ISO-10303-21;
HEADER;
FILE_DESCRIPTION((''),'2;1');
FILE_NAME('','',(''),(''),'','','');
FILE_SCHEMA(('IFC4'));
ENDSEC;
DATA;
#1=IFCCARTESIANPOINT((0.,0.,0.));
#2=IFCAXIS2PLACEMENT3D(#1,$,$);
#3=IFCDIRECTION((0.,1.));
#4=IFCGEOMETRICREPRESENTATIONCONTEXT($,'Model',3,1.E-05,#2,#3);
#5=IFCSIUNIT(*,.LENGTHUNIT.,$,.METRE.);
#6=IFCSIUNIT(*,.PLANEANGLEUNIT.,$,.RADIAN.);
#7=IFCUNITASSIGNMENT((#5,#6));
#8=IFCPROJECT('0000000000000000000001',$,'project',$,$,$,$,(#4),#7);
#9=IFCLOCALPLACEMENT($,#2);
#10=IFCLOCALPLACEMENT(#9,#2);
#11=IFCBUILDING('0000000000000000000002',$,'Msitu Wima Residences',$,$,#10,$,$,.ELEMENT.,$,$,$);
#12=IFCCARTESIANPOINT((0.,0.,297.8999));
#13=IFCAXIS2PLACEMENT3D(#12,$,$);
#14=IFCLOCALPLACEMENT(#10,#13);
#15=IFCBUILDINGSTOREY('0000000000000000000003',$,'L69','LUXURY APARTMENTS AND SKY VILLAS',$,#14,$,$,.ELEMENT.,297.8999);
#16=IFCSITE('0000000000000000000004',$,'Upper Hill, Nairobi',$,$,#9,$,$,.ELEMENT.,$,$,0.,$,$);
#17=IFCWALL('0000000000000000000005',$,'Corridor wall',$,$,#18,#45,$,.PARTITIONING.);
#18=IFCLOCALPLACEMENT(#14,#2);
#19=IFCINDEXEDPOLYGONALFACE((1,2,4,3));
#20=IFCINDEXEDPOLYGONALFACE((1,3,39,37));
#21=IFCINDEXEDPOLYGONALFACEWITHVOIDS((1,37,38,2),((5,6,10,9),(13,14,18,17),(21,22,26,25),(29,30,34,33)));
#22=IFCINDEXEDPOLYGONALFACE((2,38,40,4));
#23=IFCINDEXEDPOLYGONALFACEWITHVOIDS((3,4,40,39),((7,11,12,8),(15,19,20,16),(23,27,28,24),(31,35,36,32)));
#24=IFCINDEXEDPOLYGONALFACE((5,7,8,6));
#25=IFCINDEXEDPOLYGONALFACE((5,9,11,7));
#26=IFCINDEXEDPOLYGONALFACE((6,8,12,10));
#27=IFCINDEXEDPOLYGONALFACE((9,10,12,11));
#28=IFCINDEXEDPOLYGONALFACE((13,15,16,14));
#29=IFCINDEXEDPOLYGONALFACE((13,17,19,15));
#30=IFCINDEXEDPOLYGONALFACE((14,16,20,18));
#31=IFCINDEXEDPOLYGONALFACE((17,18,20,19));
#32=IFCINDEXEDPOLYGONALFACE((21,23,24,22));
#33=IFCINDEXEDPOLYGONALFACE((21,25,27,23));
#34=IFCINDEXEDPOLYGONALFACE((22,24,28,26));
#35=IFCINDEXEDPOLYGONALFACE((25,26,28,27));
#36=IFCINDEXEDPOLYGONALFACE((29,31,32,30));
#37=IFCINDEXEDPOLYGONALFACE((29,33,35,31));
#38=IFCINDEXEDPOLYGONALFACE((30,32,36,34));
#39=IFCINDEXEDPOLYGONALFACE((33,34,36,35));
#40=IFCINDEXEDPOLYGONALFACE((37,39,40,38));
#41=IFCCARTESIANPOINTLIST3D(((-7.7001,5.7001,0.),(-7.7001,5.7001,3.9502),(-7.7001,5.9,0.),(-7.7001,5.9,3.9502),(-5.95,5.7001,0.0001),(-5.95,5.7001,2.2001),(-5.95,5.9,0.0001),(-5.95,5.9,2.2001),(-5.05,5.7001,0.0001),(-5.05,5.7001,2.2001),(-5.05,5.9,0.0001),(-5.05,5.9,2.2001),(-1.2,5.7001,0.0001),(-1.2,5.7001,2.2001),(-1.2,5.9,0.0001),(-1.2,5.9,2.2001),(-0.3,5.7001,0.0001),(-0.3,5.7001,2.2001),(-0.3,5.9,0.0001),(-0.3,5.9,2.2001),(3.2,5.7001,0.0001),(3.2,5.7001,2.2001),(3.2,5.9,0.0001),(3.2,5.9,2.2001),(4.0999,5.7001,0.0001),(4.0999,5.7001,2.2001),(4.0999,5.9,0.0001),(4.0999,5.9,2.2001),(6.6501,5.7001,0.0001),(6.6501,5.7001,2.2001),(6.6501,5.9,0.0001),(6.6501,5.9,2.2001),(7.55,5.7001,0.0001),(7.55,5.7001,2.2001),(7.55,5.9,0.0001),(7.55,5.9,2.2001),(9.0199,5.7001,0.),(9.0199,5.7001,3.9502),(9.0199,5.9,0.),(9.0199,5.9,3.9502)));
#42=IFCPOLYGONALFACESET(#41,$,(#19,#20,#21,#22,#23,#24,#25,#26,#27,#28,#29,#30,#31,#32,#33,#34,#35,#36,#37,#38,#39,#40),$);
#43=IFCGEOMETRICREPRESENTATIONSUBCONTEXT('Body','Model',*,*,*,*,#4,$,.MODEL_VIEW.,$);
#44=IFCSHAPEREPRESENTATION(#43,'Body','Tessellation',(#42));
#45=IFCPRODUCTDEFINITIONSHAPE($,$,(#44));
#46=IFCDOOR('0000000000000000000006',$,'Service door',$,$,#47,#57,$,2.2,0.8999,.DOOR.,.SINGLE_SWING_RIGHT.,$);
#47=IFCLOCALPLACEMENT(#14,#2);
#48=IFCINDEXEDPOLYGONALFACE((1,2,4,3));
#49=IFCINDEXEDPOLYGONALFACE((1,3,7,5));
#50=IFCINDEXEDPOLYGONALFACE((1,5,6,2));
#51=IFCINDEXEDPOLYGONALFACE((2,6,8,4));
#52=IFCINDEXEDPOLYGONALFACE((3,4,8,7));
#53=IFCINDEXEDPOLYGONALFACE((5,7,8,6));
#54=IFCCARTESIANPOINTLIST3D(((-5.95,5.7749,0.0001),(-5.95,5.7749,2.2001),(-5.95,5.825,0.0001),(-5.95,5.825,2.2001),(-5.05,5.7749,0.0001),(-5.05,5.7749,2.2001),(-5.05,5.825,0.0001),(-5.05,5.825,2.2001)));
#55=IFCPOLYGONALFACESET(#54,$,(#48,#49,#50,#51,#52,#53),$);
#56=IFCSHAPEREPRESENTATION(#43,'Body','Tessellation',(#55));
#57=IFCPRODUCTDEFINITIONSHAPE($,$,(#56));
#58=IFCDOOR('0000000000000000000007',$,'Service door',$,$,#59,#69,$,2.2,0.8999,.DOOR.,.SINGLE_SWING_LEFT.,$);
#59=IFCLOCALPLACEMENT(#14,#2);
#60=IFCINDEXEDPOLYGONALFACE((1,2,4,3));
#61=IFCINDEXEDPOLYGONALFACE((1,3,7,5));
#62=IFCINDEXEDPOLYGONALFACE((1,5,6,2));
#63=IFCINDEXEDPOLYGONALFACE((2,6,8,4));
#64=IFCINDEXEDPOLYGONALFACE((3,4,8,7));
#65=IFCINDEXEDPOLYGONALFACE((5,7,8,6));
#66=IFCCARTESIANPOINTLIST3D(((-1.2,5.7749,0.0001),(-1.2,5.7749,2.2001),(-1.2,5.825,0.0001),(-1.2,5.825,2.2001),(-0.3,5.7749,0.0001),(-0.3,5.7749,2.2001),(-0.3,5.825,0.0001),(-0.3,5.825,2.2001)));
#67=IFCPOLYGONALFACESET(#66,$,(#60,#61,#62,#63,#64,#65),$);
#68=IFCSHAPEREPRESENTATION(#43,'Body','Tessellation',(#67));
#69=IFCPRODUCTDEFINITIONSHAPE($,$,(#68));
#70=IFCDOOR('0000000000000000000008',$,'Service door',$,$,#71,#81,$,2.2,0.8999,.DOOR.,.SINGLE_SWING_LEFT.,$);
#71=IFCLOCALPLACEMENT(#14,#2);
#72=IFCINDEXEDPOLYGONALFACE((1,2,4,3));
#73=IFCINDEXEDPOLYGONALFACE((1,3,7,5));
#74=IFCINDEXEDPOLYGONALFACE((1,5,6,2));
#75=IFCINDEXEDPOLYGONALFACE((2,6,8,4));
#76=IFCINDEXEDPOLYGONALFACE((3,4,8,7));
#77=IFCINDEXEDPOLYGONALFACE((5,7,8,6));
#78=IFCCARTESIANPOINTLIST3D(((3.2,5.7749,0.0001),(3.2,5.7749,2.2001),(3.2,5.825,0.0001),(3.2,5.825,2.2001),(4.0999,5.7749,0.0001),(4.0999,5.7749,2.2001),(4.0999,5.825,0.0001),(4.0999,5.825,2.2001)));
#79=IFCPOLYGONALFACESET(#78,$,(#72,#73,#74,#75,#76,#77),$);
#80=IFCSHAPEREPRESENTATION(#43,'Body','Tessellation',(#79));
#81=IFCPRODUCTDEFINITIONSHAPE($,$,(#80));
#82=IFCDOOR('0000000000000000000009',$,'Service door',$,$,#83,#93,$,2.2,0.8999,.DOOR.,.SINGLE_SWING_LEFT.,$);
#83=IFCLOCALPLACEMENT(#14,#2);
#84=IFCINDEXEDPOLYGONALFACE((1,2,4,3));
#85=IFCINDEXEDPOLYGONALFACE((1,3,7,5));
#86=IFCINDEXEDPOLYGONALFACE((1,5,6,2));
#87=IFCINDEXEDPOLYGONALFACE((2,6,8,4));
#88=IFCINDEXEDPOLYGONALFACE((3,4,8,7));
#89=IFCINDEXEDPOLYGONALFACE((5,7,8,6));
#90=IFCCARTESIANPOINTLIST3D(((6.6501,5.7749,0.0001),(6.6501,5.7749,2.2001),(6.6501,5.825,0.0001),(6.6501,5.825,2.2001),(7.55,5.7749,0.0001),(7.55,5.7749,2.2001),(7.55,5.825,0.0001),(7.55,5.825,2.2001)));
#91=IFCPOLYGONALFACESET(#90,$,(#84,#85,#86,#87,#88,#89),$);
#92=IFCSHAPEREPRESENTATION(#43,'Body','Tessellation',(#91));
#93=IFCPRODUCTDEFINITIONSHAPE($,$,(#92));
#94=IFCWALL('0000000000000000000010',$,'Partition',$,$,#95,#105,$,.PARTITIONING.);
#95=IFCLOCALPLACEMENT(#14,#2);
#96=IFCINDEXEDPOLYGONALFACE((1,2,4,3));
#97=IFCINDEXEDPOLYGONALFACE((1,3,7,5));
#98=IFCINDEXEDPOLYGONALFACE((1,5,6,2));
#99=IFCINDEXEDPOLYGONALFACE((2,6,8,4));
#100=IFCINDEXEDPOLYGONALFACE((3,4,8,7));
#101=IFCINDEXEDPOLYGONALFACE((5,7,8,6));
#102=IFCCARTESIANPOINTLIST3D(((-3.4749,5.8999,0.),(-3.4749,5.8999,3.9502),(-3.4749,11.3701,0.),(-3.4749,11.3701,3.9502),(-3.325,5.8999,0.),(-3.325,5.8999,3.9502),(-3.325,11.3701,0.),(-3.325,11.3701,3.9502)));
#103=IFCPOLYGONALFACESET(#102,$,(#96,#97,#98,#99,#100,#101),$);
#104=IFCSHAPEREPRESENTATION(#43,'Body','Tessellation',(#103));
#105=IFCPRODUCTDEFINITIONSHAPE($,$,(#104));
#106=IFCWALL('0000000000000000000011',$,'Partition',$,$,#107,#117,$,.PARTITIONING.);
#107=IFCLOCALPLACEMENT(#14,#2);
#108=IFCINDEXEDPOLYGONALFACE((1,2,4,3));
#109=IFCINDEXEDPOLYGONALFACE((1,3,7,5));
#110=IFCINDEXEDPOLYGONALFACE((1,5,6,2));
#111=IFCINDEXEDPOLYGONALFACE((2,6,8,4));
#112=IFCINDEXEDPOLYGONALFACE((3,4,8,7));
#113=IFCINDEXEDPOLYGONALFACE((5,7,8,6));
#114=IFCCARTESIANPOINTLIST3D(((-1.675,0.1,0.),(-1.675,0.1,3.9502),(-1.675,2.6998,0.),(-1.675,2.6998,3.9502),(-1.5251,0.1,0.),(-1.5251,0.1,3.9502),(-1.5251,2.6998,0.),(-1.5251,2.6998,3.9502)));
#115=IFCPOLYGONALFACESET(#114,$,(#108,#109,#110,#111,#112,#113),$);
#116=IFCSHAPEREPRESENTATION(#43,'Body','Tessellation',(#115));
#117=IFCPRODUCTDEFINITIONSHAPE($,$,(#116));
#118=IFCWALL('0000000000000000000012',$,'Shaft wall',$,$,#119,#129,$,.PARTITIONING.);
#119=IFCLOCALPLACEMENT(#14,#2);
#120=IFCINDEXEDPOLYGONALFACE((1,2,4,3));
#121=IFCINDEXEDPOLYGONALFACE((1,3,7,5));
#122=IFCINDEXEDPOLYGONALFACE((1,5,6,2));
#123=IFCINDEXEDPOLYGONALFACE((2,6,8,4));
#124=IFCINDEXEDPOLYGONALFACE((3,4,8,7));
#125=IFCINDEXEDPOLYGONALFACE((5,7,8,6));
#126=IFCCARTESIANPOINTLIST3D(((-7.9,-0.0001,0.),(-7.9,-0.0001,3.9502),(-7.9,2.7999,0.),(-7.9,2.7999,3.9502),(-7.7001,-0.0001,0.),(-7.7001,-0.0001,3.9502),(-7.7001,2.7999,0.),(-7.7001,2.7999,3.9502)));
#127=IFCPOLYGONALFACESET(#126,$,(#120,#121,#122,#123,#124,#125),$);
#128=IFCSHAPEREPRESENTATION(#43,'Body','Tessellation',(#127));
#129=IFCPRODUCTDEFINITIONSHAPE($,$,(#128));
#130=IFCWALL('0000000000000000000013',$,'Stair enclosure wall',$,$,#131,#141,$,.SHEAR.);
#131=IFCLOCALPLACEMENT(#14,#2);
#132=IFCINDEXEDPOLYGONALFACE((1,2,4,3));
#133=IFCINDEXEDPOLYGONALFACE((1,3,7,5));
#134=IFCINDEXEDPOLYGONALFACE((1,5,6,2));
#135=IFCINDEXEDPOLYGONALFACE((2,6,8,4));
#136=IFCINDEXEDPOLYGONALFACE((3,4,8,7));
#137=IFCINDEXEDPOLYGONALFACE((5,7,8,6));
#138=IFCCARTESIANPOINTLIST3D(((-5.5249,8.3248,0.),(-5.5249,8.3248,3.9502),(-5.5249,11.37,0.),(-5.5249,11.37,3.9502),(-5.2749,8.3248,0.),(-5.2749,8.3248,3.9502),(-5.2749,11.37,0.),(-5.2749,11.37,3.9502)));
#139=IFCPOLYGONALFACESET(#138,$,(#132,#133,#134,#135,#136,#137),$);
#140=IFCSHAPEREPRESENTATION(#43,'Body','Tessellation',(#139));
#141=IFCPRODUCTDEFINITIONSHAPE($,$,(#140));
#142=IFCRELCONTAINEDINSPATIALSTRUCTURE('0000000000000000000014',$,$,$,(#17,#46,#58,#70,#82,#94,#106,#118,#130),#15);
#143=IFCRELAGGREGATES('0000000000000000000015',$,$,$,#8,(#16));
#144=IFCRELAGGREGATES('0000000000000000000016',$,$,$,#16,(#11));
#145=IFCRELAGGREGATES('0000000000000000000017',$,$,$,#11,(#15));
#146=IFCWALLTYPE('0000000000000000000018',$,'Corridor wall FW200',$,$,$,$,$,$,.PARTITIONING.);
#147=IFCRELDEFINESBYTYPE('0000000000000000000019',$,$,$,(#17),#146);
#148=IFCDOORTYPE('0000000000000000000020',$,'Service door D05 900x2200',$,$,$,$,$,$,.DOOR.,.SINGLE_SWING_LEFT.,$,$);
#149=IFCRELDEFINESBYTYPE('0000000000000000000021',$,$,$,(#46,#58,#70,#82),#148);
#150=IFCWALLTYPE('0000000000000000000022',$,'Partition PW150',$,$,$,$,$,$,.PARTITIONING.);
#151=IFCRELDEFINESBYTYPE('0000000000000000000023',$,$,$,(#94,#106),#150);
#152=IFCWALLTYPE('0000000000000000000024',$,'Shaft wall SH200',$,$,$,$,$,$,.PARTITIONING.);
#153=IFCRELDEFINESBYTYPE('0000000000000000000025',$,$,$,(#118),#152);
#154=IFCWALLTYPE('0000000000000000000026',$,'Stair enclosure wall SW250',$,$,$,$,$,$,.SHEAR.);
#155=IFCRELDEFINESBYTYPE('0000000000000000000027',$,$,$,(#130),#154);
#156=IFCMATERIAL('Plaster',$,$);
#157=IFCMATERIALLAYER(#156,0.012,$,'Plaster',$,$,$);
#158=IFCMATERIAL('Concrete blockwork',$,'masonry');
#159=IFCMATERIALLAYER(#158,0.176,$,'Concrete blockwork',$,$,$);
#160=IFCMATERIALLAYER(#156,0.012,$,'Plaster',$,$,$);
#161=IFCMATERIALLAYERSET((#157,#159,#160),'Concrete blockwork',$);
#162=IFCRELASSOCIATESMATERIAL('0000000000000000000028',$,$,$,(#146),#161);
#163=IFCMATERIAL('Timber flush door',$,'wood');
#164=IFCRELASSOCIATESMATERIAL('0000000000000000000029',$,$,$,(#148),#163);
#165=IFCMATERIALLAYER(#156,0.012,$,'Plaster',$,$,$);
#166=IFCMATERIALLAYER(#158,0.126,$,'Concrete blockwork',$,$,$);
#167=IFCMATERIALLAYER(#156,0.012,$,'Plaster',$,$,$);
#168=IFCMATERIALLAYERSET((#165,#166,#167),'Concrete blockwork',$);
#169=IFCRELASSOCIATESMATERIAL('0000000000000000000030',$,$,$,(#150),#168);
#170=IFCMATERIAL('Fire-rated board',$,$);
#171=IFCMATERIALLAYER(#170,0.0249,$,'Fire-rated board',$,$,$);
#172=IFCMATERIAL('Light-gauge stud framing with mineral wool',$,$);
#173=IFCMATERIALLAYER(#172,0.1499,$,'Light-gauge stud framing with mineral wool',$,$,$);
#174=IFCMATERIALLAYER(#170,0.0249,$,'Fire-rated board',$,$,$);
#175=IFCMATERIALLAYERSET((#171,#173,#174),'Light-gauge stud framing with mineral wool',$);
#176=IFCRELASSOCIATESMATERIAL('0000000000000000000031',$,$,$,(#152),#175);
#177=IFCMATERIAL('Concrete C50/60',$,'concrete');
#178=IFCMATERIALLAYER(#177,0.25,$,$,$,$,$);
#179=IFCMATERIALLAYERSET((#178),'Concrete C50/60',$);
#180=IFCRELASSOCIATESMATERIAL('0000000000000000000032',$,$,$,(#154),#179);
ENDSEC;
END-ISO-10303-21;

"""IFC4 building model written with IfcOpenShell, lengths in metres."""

from ifc_helpers import new_model, si_unit, direction, frame, frame_2d, origin, place, context, subcontext, project, spatial, rectangle, extrude, material, layer, layer_set, type_object, element, fill, save


model = new_model("IFC4")

# Units and contexts
model_context = context("Model", 3, precision=1e-05, world=origin(), true_north=direction((0.0, 1.0)))
body_context = subcontext(model_context, "Body", "Model", "MODEL_VIEW")
ifc_project = project(units=[si_unit("LENGTHUNIT", "METRE"), si_unit("PLANEANGLEUNIT", "RADIAN")], contexts=[model_context])

# Site, building, storey
site_placement = place(None, origin())
site = spatial("IfcSite", under=ifc_project, at=site_placement, Name="Upper Hill, Nairobi", CompositionType="ELEMENT", RefElevation=0.0)
building_placement = place(site_placement, origin())
building = spatial("IfcBuilding", under=site, at=building_placement, Name="Msitu Wima Residences", CompositionType="ELEMENT")
storey_placement = place(building_placement, frame((0.0, 0.0, 297.8999)))
storey = spatial("IfcBuildingStorey", under=building, at=storey_placement, Name="L69", Description="LUXURY APARTMENTS AND SKY VILLAS", CompositionType="ELEMENT", Elevation=297.8999)

# Shared definitions
ifc_material_1 = material(Name="Plaster")
ifc_layer_1 = layer(ifc_material_1, 0.012, Name="Plaster")
ifc_material_2 = material(Name="Concrete blockwork", Category="masonry")
ifc_layer_2 = layer(ifc_material_2, 0.176, Name="Concrete blockwork")
ifc_layer_3 = layer(ifc_material_1, 0.012, Name="Plaster")
ifc_layer_set_1 = layer_set([ifc_layer_1, ifc_layer_2, ifc_layer_3], Name="Concrete blockwork")
wall_type_1 = type_object("IfcWallType", Name="Corridor wall FW200", PredefinedType="PARTITIONING", material=ifc_layer_set_1)
ifc_material_3 = material(Name="Timber flush door", Category="wood")
door_type_1 = type_object("IfcDoorType", Name="Service door D05 900x2200", OperationType="SINGLE_SWING_LEFT", PredefinedType="DOOR", material=ifc_material_3)

# Wall, openings, doors
wall_1_placement = place(storey_placement, frame((-7.7, 5.8, 0.0), z_axis=(0.0, 0.0, 1.0), x_axis=(1.0, 0.0, 0.0)))
wall_1 = element("IfcWall", 1, at=wall_1_placement, inside=storey, type_object=wall_type_1, Name="Corridor wall", PredefinedType="PARTITIONING", context=body_context, shape_type="SweptSolid", body=[
    extrude(rectangle(XDim=16.72, YDim=0.2, at=frame_2d((8.3599, 0.0))), origin(), (0.0, 0.0, 1.0), 3.9502),
])
opening_1_placement = place(wall_1_placement, frame((1.75, 0.0, 0.0)))
opening_1 = element("IfcOpeningElement", 2, at=opening_1_placement, cuts=wall_1, PredefinedType="OPENING", context=body_context, shape_type="SweptSolid", body=[
    extrude(rectangle(XDim=0.8999, YDim=2.2, at=frame_2d((0.45, 1.1001))), frame((0.0, 0.1099, 0.0), z_axis=(0.0, -1.0, 0.0), x_axis=(1.0, 0.0, 0.0)), (0.0, 0.0, 1.0), 0.22),
])
opening_2_placement = place(wall_1_placement, frame((6.5, 0.0, 0.0)))
opening_2 = element("IfcOpeningElement", 3, at=opening_2_placement, cuts=wall_1, PredefinedType="OPENING", context=body_context, shape_type="SweptSolid", body=[
    extrude(rectangle(XDim=0.8999, YDim=2.2, at=frame_2d((0.45, 1.1001))), frame((0.0, 0.1099, 0.0), z_axis=(0.0, -1.0, 0.0), x_axis=(1.0, 0.0, 0.0)), (0.0, 0.0, 1.0), 0.22),
])
opening_3_placement = place(wall_1_placement, frame((10.8999, 0.0, 0.0)))
opening_3 = element("IfcOpeningElement", 4, at=opening_3_placement, cuts=wall_1, PredefinedType="OPENING", context=body_context, shape_type="SweptSolid", body=[
    extrude(rectangle(XDim=0.8999, YDim=2.2, at=frame_2d((0.45, 1.1001))), frame((0.0, 0.1099, 0.0), z_axis=(0.0, -1.0, 0.0), x_axis=(1.0, 0.0, 0.0)), (0.0, 0.0, 1.0), 0.22),
])
opening_4_placement = place(wall_1_placement, frame((14.3501, 0.0, 0.0)))
opening_4 = element("IfcOpeningElement", 5, at=opening_4_placement, cuts=wall_1, PredefinedType="OPENING", context=body_context, shape_type="SweptSolid", body=[
    extrude(rectangle(XDim=0.8999, YDim=2.2, at=frame_2d((0.45, 1.1001))), frame((0.0, 0.1099, 0.0), z_axis=(0.0, -1.0, 0.0), x_axis=(1.0, 0.0, 0.0)), (0.0, 0.0, 1.0), 0.22),
])
door_1_placement = place(opening_1_placement, origin())
door_1 = element("IfcDoor", 6, at=door_1_placement, inside=storey, type_object=door_type_1, Name="Service door", OperationType="SINGLE_SWING_RIGHT", OverallHeight=2.2, OverallWidth=0.8999, PredefinedType="DOOR", context=body_context, shape_type="SweptSolid", body=[
    extrude(rectangle(XDim=0.8999, YDim=2.2, at=frame_2d((0.45, 1.1001))), frame((0.0, 0.0249, 0.0), z_axis=(0.0, -1.0, 0.0), x_axis=(1.0, 0.0, 0.0)), (0.0, 0.0, 1.0), 0.05),
])
fill(opening_1, door_1)
door_2_placement = place(opening_2_placement, origin())
door_2 = element("IfcDoor", 7, at=door_2_placement, inside=storey, type_object=door_type_1, Name="Service door", OperationType="SINGLE_SWING_LEFT", OverallHeight=2.2, OverallWidth=0.8999, PredefinedType="DOOR", context=body_context, shape_type="SweptSolid", body=[
    extrude(rectangle(XDim=0.8999, YDim=2.2, at=frame_2d((0.45, 1.1001))), frame((0.0, 0.0249, 0.0), z_axis=(0.0, -1.0, 0.0), x_axis=(1.0, 0.0, 0.0)), (0.0, 0.0, 1.0), 0.05),
])
fill(opening_2, door_2)
door_3_placement = place(opening_3_placement, origin())
door_3 = element("IfcDoor", 8, at=door_3_placement, inside=storey, type_object=door_type_1, Name="Service door", OperationType="SINGLE_SWING_LEFT", OverallHeight=2.2, OverallWidth=0.8999, PredefinedType="DOOR", context=body_context, shape_type="SweptSolid", body=[
    extrude(rectangle(XDim=0.8999, YDim=2.2, at=frame_2d((0.45, 1.1001))), frame((0.0, 0.0249, 0.0), z_axis=(0.0, -1.0, 0.0), x_axis=(1.0, 0.0, 0.0)), (0.0, 0.0, 1.0), 0.05),
])
fill(opening_3, door_3)
door_4_placement = place(opening_4_placement, origin())
door_4 = element("IfcDoor", 9, at=door_4_placement, inside=storey, type_object=door_type_1, Name="Service door", OperationType="SINGLE_SWING_LEFT", OverallHeight=2.2, OverallWidth=0.8999, PredefinedType="DOOR", context=body_context, shape_type="SweptSolid", body=[
    extrude(rectangle(XDim=0.8999, YDim=2.2, at=frame_2d((0.45, 1.1001))), frame((0.0, 0.0249, 0.0), z_axis=(0.0, -1.0, 0.0), x_axis=(1.0, 0.0, 0.0)), (0.0, 0.0, 1.0), 0.05),
])
fill(opening_4, door_4)

# Walls
ifc_layer_4 = layer(ifc_material_1, 0.012, Name="Plaster")
ifc_layer_5 = layer(ifc_material_2, 0.126, Name="Concrete blockwork")
ifc_layer_6 = layer(ifc_material_1, 0.012, Name="Plaster")
ifc_layer_set_2 = layer_set([ifc_layer_4, ifc_layer_5, ifc_layer_6], Name="Concrete blockwork")
wall_type_2 = type_object("IfcWallType", Name="Partition PW150", PredefinedType="PARTITIONING", material=ifc_layer_set_2)
wall_2_placement = place(storey_placement, frame((-3.3999, 5.8999, 0.0), z_axis=(0.0, 0.0, 1.0), x_axis=(0.0, 1.0, 0.0)))
element("IfcWall", 10, at=wall_2_placement, inside=storey, type_object=wall_type_2, Name="Partition", PredefinedType="PARTITIONING", context=body_context, shape_type="SweptSolid", body=[
    extrude(rectangle(XDim=5.4702, YDim=0.1499, at=frame_2d((2.7351, 0.0))), origin(), (0.0, 0.0, 1.0), 3.9502),
])
wall_3_placement = place(storey_placement, frame((-1.6001, 0.1001, 0.0), z_axis=(0.0, 0.0, 1.0), x_axis=(0.0, 1.0, 0.0)))
element("IfcWall", 11, at=wall_3_placement, inside=storey, type_object=wall_type_2, Name="Partition", PredefinedType="PARTITIONING", context=body_context, shape_type="SweptSolid", body=[
    extrude(rectangle(XDim=2.5999, YDim=0.1499, at=frame_2d((1.2998, 0.0))), origin(), (0.0, 0.0, 1.0), 3.9502),
])
ifc_material_4 = material(Name="Fire-rated board")
ifc_layer_7 = layer(ifc_material_4, 0.0249, Name="Fire-rated board")
ifc_material_5 = material(Name="Light-gauge stud framing with mineral wool")
ifc_layer_8 = layer(ifc_material_5, 0.1499, Name="Light-gauge stud framing with mineral wool")
ifc_layer_9 = layer(ifc_material_4, 0.0249, Name="Fire-rated board")
ifc_layer_set_3 = layer_set([ifc_layer_7, ifc_layer_8, ifc_layer_9], Name="Light-gauge stud framing with mineral wool")
wall_type_3 = type_object("IfcWallType", Name="Shaft wall SH200", PredefinedType="PARTITIONING", material=ifc_layer_set_3)
wall_4_placement = place(storey_placement, frame((-7.8, 0.0, 0.0), z_axis=(0.0, 0.0, 1.0), x_axis=(0.0, 1.0, 0.0)))
element("IfcWall", 12, at=wall_4_placement, inside=storey, type_object=wall_type_3, Name="Shaft wall", PredefinedType="PARTITIONING", context=body_context, shape_type="SweptSolid", body=[
    extrude(rectangle(XDim=2.8, YDim=0.2, at=frame_2d((1.3999, 0.0))), origin(), (0.0, 0.0, 1.0), 3.9502),
])
ifc_material_6 = material(Name="Concrete C50/60", Category="concrete")
ifc_layer_10 = layer(ifc_material_6, 0.25)
ifc_layer_set_4 = layer_set([ifc_layer_10], Name="Concrete C50/60")
wall_type_4 = type_object("IfcWallType", Name="Stair enclosure wall SW250", PredefinedType="SHEAR", material=ifc_layer_set_4)
wall_5_placement = place(storey_placement, frame((-5.3999, 8.325, 0.0), z_axis=(0.0, 0.0, 1.0), x_axis=(0.0, 1.0, 0.0)))
element("IfcWall", 13, at=wall_5_placement, inside=storey, type_object=wall_type_4, Name="Stair enclosure wall", PredefinedType="SHEAR", context=body_context, shape_type="SweptSolid", body=[
    extrude(rectangle(XDim=3.0452, YDim=0.25, at=frame_2d((1.5225, 0.0))), origin(), (0.0, 0.0, 1.0), 3.9502),
])

save(model, "model.ifc")
